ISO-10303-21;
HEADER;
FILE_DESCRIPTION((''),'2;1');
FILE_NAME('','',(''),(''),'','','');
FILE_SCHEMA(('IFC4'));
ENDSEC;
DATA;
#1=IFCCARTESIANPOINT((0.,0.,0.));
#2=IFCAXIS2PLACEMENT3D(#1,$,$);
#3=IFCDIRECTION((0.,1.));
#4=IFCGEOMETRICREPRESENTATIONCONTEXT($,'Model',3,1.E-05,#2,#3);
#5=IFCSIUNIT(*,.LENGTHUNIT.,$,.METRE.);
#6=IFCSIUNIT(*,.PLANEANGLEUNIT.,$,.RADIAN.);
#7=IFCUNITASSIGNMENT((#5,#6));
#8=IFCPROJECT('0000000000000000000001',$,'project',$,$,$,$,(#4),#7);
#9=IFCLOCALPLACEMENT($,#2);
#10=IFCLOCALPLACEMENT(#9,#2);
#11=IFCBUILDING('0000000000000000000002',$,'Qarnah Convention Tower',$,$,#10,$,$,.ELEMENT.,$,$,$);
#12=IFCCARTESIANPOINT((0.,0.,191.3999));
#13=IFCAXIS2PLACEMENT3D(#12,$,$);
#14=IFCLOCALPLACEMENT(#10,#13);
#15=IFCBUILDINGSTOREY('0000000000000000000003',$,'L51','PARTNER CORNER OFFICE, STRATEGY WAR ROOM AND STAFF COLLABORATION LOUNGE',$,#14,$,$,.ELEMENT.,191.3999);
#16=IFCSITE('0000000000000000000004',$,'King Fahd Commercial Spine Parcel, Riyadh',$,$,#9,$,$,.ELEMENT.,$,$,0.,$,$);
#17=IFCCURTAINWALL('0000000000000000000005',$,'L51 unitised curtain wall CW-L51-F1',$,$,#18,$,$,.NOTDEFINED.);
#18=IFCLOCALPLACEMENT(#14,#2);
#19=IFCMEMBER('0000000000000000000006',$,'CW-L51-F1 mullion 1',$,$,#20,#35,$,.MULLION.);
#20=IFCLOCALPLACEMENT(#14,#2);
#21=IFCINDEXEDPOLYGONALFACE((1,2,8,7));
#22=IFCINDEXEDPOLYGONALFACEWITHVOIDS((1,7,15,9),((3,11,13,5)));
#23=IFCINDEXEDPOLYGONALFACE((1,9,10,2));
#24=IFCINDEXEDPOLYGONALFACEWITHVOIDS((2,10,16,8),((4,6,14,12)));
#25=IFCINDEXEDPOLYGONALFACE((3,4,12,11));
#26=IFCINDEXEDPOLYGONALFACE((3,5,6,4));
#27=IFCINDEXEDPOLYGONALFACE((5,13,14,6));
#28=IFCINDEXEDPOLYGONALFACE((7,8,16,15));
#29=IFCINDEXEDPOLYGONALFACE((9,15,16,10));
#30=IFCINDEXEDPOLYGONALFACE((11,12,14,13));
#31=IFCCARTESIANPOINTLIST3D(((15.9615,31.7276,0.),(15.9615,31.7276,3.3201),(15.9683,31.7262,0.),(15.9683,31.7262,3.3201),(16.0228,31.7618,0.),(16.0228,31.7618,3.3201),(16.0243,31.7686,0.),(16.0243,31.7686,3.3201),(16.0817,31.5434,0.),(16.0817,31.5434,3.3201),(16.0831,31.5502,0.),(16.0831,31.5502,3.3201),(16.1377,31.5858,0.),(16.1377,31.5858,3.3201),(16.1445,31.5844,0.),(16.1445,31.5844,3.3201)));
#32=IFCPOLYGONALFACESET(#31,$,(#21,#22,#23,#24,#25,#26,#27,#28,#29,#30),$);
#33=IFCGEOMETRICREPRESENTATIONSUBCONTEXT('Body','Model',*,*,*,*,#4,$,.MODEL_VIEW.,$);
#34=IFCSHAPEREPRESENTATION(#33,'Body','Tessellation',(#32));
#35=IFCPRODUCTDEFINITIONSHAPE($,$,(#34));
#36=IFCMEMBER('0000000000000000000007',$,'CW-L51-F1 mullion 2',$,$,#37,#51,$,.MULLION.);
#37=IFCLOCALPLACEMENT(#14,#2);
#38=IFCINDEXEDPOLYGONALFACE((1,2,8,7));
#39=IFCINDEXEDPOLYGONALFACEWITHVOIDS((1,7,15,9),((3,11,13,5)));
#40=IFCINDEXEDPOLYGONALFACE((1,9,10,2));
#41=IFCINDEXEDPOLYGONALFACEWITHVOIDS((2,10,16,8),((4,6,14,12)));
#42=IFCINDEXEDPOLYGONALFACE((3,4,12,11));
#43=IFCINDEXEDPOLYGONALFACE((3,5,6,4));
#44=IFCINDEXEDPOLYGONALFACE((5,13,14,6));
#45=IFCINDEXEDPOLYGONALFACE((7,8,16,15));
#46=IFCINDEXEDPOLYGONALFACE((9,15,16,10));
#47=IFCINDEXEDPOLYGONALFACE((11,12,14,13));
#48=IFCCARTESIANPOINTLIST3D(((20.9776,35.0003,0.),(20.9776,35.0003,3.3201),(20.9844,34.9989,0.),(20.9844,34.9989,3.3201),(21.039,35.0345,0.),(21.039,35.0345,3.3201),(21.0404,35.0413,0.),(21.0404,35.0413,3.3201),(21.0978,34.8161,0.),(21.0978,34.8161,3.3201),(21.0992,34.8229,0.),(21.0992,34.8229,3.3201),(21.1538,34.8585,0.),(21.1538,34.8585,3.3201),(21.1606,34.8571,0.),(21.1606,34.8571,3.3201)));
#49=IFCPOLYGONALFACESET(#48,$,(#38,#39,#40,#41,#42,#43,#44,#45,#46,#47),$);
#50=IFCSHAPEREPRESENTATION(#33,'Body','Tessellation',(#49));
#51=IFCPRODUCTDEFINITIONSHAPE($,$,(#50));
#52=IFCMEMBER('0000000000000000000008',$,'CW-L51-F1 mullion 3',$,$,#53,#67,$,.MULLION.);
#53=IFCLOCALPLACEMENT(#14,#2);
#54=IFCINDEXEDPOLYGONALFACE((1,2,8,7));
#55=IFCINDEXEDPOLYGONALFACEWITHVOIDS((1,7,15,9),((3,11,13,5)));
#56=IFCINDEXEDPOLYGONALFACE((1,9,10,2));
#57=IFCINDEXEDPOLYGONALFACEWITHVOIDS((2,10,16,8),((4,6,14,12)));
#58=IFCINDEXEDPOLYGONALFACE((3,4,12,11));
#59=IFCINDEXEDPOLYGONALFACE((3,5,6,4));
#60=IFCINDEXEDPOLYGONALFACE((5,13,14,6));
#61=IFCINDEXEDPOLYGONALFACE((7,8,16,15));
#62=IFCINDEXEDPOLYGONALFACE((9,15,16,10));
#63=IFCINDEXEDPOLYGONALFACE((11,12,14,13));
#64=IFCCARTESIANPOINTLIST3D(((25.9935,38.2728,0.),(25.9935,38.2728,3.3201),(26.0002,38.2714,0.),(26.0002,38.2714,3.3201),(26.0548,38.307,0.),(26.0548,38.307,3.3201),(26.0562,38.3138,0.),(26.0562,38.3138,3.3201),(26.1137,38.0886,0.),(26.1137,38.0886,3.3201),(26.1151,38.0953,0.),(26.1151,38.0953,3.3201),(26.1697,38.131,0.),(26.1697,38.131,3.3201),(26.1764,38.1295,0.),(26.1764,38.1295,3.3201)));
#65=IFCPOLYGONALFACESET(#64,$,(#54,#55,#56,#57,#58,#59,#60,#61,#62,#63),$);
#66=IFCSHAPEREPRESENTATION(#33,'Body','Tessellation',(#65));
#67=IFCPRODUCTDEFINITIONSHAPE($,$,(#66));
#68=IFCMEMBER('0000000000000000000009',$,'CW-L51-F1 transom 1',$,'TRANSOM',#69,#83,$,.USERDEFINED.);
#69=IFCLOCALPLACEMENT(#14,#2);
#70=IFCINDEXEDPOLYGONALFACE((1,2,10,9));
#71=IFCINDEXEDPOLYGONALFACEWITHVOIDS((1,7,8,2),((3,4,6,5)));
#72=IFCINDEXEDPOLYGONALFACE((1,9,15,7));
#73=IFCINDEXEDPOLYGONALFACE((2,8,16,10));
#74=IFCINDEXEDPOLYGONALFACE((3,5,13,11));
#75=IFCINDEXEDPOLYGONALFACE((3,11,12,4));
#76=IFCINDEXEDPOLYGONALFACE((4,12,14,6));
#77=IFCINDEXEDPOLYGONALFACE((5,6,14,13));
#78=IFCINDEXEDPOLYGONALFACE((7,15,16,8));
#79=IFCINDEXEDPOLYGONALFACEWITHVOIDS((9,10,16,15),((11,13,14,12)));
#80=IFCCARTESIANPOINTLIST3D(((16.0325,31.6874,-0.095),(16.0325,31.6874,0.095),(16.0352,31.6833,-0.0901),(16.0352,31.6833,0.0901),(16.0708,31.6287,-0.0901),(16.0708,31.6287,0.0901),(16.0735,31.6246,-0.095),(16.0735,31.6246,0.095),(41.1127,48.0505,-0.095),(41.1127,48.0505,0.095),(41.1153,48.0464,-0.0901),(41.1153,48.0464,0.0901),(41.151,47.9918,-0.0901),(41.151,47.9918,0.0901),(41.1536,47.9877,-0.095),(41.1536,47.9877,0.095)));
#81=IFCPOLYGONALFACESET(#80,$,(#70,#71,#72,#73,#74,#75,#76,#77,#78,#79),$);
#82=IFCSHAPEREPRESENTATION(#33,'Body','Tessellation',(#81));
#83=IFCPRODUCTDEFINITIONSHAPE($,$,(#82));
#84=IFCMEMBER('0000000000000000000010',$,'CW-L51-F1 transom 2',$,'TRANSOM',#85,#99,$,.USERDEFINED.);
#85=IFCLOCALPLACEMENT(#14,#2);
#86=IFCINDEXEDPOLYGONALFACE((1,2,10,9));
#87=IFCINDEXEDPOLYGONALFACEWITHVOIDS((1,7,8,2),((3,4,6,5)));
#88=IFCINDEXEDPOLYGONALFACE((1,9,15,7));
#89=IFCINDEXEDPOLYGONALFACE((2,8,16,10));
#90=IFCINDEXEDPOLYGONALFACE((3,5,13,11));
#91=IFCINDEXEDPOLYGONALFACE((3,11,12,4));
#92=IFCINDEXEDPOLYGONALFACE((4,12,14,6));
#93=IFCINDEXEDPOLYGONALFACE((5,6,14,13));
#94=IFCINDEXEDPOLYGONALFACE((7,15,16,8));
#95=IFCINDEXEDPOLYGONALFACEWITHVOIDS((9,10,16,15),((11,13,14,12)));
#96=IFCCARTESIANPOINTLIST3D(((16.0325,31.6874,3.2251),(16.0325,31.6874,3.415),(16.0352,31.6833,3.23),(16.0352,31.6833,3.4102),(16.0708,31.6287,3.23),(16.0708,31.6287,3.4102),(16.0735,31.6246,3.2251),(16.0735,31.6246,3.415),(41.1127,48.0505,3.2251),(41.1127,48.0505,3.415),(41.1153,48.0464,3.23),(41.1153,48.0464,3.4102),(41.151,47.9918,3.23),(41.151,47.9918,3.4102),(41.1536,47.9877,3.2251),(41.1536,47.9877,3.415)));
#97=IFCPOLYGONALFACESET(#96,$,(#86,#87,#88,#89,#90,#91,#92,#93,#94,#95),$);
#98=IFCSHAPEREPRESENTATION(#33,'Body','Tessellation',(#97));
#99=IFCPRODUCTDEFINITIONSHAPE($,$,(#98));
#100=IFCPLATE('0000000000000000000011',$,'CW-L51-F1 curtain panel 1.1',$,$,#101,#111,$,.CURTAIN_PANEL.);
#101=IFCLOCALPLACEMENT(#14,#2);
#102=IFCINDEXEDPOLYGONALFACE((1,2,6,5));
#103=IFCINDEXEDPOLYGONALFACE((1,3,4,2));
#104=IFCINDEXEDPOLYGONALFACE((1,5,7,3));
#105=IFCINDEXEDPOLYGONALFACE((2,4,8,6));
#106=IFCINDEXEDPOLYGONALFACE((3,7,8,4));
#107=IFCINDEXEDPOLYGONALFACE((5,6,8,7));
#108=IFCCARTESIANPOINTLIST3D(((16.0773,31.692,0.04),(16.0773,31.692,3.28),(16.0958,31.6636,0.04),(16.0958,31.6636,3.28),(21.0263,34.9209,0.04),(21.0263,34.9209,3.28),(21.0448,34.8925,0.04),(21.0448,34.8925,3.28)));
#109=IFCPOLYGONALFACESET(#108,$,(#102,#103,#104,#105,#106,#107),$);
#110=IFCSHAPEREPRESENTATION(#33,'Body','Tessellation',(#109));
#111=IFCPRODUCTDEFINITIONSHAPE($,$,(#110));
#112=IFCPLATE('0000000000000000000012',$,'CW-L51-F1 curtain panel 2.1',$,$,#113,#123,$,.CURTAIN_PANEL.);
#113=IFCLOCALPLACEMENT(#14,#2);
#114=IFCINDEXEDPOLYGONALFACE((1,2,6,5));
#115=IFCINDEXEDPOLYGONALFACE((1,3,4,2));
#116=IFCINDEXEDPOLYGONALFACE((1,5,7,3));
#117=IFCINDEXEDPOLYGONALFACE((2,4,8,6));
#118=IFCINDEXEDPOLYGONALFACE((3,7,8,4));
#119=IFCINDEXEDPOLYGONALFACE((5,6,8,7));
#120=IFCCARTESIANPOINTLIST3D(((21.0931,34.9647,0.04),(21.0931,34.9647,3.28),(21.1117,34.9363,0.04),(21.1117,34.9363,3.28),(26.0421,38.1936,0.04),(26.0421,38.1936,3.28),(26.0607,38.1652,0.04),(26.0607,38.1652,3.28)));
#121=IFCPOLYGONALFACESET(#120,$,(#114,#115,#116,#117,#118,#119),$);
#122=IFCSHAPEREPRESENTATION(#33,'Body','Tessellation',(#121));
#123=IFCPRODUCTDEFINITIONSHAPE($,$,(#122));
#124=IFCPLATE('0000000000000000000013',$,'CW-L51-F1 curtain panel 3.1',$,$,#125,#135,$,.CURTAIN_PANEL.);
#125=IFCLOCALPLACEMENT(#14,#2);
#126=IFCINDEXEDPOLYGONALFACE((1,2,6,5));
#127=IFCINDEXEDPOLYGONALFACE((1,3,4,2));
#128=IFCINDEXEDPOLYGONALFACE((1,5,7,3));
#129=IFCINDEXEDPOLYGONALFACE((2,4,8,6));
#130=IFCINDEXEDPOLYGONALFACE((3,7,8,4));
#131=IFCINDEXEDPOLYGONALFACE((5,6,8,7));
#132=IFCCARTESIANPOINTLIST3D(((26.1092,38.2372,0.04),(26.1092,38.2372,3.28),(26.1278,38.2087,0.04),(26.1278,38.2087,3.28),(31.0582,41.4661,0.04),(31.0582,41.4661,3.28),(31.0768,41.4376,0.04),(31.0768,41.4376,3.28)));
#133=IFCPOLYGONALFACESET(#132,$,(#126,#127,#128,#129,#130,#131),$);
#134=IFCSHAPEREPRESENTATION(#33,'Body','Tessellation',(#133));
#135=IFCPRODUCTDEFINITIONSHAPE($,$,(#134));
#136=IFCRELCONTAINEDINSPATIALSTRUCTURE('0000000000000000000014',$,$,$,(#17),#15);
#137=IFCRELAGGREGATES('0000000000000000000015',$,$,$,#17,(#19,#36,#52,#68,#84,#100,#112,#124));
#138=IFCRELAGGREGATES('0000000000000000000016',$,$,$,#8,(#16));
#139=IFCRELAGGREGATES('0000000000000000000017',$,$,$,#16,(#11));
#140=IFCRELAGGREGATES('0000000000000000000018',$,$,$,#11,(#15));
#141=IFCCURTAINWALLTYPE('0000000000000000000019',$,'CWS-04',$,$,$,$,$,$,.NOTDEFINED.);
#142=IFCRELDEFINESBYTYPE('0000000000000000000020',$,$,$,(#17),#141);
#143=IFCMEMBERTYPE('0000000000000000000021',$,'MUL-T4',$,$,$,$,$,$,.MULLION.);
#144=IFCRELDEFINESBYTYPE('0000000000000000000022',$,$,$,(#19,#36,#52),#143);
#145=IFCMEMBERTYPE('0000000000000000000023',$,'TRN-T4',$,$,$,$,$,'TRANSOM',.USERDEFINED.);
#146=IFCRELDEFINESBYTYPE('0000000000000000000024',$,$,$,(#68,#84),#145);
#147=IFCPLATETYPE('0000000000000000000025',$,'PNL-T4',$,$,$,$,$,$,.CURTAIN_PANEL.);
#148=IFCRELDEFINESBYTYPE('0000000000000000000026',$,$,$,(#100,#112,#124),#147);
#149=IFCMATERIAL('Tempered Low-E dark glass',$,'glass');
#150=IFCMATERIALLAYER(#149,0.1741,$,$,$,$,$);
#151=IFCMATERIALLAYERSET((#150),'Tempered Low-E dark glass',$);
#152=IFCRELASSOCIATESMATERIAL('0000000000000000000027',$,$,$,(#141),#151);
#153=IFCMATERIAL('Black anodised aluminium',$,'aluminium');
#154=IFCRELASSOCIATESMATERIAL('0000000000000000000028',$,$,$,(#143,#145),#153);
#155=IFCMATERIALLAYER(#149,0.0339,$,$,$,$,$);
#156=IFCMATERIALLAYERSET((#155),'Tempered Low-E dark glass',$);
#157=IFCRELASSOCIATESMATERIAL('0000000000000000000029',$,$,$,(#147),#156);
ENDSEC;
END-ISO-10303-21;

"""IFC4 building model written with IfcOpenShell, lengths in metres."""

from ifc_helpers import new_model, si_unit, direction, frame, origin, origin_2d, place, context, subcontext, project, spatial, rectangle, hollow_rectangle, extrude, material, layer, layer_set, material_profile, profile_set, type_object, element, aggregate, save


model = new_model("IFC4")

# Units and contexts
model_context = context("Model", 3, precision=1e-05, world=origin(), true_north=direction((0.0, 1.0)))
body_context = subcontext(model_context, "Body", "Model", "MODEL_VIEW")
ifc_project = project(units=[si_unit("LENGTHUNIT", "METRE"), si_unit("PLANEANGLEUNIT", "RADIAN")], contexts=[model_context])

# Site, building, storey
site_placement = place(None, origin())
site = spatial("IfcSite", under=ifc_project, at=site_placement, Name="King Fahd Commercial Spine Parcel, Riyadh", CompositionType="ELEMENT", RefElevation=0.0)
building_placement = place(site_placement, origin())
building = spatial("IfcBuilding", under=site, at=building_placement, Name="Qarnah Convention Tower", CompositionType="ELEMENT")
storey_placement = place(building_placement, frame((0.0, 0.0, 191.3999)))
storey = spatial("IfcBuildingStorey", under=building, at=storey_placement, Name="L51", Description="PARTNER CORNER OFFICE, STRATEGY WAR ROOM AND STAFF COLLABORATION LOUNGE", CompositionType="ELEMENT", Elevation=191.3999)

# Curtain wall, members, plates
ifc_material_1 = material(Name="Tempered Low-E dark glass", Category="glass")
ifc_layer_1 = layer(ifc_material_1, 0.1741)
ifc_layer_set_1 = layer_set([ifc_layer_1], Name="Tempered Low-E dark glass")
curtain_wall_type = type_object("IfcCurtainWallType", Name="CWS-04", PredefinedType="NOTDEFINED", material=ifc_layer_set_1)
curtain_wall_placement = place(storey_placement, origin())
curtain_wall = element("IfcCurtainWall", 1, at=curtain_wall_placement, inside=storey, type_object=curtain_wall_type, Name="L51 unitised curtain wall CW-L51-F1", PredefinedType="NOTDEFINED")
ifc_material_2 = material(Name="Black anodised aluminium", Category="aluminium")
ifc_material_profile_1 = material_profile(ifc_material_2, hollow_rectangle(XDim=0.075, YDim=0.22, WallThickness=0.0049, at=origin_2d()), Name="MUL-75X220")
ifc_profile_set_1 = profile_set([ifc_material_profile_1], Name="Black anodised aluminium")
member_type_1 = type_object("IfcMemberType", Name="MUL-T4", PredefinedType="MULLION", material=ifc_profile_set_1)
member_1_placement = place(storey_placement, frame((16.053, 31.656, 0.0), z_axis=(0.0, 0.0, 1.0), x_axis=(0.837512, 0.54642, 0.0)))
member_1 = element("IfcMember", 2, at=member_1_placement, type_object=member_type_1, Name="CW-L51-F1 mullion 1", PredefinedType="MULLION", context=body_context, shape_type="SweptSolid", body=[
    extrude(hollow_rectangle(XDim=0.075, YDim=0.22, WallThickness=0.0049, at=origin_2d()), origin(), (0.0, 0.0, 1.0), 3.3201),
])
member_2_placement = place(storey_placement, frame((21.0691, 34.9287, 0.0), z_axis=(0.0, 0.0, 1.0), x_axis=(0.837512, 0.54642, 0.0)))
member_2 = element("IfcMember", 3, at=member_2_placement, type_object=member_type_1, Name="CW-L51-F1 mullion 2", PredefinedType="MULLION", context=body_context, shape_type="SweptSolid", body=[
    extrude(hollow_rectangle(XDim=0.075, YDim=0.22, WallThickness=0.0049, at=origin_2d()), origin(), (0.0, 0.0, 1.0), 3.3201),
])
member_3_placement = place(storey_placement, frame((26.085, 38.2012, 0.0), z_axis=(0.0, 0.0, 1.0), x_axis=(0.837512, 0.54642, 0.0)))
member_3 = element("IfcMember", 4, at=member_3_placement, type_object=member_type_1, Name="CW-L51-F1 mullion 3", PredefinedType="MULLION", context=body_context, shape_type="SweptSolid", body=[
    extrude(hollow_rectangle(XDim=0.075, YDim=0.22, WallThickness=0.0049, at=origin_2d()), origin(), (0.0, 0.0, 1.0), 3.3201),
])
ifc_material_profile_2 = material_profile(ifc_material_2, hollow_rectangle(XDim=0.075, YDim=0.1899, WallThickness=0.0049, at=origin_2d()), Name="TRN-75X190")
ifc_profile_set_2 = profile_set([ifc_material_profile_2], Name="Black anodised aluminium")
member_type_2 = type_object("IfcMemberType", Name="TRN-T4", ElementType="TRANSOM", PredefinedType="USERDEFINED", material=ifc_profile_set_2)
member_4_placement = place(storey_placement, frame((16.053, 31.656, 0.0), z_axis=(0.837512, 0.546419, 0.0), x_axis=(-0.546419, 0.837512, 0.0)))
member_4 = element("IfcMember", 5, at=member_4_placement, type_object=member_type_2, Name="CW-L51-F1 transom 1", ObjectType="TRANSOM", PredefinedType="USERDEFINED", context=body_context, shape_type="SweptSolid", body=[
    extrude(hollow_rectangle(XDim=0.075, YDim=0.1899, WallThickness=0.0049, at=origin_2d()), origin(), (0.0, 0.0, 1.0), 29.946),
])
member_5_placement = place(storey_placement, frame((16.053, 31.656, 3.3201), z_axis=(0.837512, 0.546419, 0.0), x_axis=(-0.546419, 0.837512, 0.0)))
member_5 = element("IfcMember", 6, at=member_5_placement, type_object=member_type_2, Name="CW-L51-F1 transom 2", ObjectType="TRANSOM", PredefinedType="USERDEFINED", context=body_context, shape_type="SweptSolid", body=[
    extrude(hollow_rectangle(XDim=0.075, YDim=0.1899, WallThickness=0.0049, at=origin_2d()), origin(), (0.0, 0.0, 1.0), 29.946),
])
ifc_layer_2 = layer(ifc_material_1, 0.0339)
ifc_layer_set_2 = layer_set([ifc_layer_2], Name="Tempered Low-E dark glass")
plate_type = type_object("IfcPlateType", Name="PNL-T4", PredefinedType="CURTAIN_PANEL", material=ifc_layer_set_2)
plate_1_placement = place(storey_placement, frame((18.561, 33.2922, 0.04), z_axis=(0.0, 0.0, 1.0), x_axis=(0.837512, 0.54642, 0.0)))
plate_1 = element("IfcPlate", 7, at=plate_1_placement, type_object=plate_type, Name="CW-L51-F1 curtain panel 1.1", PredefinedType="CURTAIN_PANEL", context=body_context, shape_type="SweptSolid", body=[
    extrude(rectangle(XDim=5.9092, YDim=0.0339, at=origin_2d()), origin(), (0.0, 0.0, 1.0), 3.24),
])
plate_2_placement = place(storey_placement, frame((23.5769, 36.5649, 0.04), z_axis=(0.0, 0.0, 1.0), x_axis=(0.837512, 0.54642, 0.0)))
plate_2 = element("IfcPlate", 8, at=plate_2_placement, type_object=plate_type, Name="CW-L51-F1 curtain panel 2.1", PredefinedType="CURTAIN_PANEL", context=body_context, shape_type="SweptSolid", body=[
    extrude(rectangle(XDim=5.9092, YDim=0.0339, at=origin_2d()), origin(), (0.0, 0.0, 1.0), 3.24),
])
plate_3_placement = place(storey_placement, frame((28.593, 39.8374, 0.04), z_axis=(0.0, 0.0, 1.0), x_axis=(0.837512, 0.54642, 0.0)))
plate_3 = element("IfcPlate", 9, at=plate_3_placement, type_object=plate_type, Name="CW-L51-F1 curtain panel 3.1", PredefinedType="CURTAIN_PANEL", context=body_context, shape_type="SweptSolid", body=[
    extrude(rectangle(XDim=5.9092, YDim=0.0339, at=origin_2d()), origin(), (0.0, 0.0, 1.0), 3.24),
])
aggregate(curtain_wall, [member_1, member_2, member_3, member_4, member_5, plate_1, plate_2, plate_3])

save(model, "model.ifc")
